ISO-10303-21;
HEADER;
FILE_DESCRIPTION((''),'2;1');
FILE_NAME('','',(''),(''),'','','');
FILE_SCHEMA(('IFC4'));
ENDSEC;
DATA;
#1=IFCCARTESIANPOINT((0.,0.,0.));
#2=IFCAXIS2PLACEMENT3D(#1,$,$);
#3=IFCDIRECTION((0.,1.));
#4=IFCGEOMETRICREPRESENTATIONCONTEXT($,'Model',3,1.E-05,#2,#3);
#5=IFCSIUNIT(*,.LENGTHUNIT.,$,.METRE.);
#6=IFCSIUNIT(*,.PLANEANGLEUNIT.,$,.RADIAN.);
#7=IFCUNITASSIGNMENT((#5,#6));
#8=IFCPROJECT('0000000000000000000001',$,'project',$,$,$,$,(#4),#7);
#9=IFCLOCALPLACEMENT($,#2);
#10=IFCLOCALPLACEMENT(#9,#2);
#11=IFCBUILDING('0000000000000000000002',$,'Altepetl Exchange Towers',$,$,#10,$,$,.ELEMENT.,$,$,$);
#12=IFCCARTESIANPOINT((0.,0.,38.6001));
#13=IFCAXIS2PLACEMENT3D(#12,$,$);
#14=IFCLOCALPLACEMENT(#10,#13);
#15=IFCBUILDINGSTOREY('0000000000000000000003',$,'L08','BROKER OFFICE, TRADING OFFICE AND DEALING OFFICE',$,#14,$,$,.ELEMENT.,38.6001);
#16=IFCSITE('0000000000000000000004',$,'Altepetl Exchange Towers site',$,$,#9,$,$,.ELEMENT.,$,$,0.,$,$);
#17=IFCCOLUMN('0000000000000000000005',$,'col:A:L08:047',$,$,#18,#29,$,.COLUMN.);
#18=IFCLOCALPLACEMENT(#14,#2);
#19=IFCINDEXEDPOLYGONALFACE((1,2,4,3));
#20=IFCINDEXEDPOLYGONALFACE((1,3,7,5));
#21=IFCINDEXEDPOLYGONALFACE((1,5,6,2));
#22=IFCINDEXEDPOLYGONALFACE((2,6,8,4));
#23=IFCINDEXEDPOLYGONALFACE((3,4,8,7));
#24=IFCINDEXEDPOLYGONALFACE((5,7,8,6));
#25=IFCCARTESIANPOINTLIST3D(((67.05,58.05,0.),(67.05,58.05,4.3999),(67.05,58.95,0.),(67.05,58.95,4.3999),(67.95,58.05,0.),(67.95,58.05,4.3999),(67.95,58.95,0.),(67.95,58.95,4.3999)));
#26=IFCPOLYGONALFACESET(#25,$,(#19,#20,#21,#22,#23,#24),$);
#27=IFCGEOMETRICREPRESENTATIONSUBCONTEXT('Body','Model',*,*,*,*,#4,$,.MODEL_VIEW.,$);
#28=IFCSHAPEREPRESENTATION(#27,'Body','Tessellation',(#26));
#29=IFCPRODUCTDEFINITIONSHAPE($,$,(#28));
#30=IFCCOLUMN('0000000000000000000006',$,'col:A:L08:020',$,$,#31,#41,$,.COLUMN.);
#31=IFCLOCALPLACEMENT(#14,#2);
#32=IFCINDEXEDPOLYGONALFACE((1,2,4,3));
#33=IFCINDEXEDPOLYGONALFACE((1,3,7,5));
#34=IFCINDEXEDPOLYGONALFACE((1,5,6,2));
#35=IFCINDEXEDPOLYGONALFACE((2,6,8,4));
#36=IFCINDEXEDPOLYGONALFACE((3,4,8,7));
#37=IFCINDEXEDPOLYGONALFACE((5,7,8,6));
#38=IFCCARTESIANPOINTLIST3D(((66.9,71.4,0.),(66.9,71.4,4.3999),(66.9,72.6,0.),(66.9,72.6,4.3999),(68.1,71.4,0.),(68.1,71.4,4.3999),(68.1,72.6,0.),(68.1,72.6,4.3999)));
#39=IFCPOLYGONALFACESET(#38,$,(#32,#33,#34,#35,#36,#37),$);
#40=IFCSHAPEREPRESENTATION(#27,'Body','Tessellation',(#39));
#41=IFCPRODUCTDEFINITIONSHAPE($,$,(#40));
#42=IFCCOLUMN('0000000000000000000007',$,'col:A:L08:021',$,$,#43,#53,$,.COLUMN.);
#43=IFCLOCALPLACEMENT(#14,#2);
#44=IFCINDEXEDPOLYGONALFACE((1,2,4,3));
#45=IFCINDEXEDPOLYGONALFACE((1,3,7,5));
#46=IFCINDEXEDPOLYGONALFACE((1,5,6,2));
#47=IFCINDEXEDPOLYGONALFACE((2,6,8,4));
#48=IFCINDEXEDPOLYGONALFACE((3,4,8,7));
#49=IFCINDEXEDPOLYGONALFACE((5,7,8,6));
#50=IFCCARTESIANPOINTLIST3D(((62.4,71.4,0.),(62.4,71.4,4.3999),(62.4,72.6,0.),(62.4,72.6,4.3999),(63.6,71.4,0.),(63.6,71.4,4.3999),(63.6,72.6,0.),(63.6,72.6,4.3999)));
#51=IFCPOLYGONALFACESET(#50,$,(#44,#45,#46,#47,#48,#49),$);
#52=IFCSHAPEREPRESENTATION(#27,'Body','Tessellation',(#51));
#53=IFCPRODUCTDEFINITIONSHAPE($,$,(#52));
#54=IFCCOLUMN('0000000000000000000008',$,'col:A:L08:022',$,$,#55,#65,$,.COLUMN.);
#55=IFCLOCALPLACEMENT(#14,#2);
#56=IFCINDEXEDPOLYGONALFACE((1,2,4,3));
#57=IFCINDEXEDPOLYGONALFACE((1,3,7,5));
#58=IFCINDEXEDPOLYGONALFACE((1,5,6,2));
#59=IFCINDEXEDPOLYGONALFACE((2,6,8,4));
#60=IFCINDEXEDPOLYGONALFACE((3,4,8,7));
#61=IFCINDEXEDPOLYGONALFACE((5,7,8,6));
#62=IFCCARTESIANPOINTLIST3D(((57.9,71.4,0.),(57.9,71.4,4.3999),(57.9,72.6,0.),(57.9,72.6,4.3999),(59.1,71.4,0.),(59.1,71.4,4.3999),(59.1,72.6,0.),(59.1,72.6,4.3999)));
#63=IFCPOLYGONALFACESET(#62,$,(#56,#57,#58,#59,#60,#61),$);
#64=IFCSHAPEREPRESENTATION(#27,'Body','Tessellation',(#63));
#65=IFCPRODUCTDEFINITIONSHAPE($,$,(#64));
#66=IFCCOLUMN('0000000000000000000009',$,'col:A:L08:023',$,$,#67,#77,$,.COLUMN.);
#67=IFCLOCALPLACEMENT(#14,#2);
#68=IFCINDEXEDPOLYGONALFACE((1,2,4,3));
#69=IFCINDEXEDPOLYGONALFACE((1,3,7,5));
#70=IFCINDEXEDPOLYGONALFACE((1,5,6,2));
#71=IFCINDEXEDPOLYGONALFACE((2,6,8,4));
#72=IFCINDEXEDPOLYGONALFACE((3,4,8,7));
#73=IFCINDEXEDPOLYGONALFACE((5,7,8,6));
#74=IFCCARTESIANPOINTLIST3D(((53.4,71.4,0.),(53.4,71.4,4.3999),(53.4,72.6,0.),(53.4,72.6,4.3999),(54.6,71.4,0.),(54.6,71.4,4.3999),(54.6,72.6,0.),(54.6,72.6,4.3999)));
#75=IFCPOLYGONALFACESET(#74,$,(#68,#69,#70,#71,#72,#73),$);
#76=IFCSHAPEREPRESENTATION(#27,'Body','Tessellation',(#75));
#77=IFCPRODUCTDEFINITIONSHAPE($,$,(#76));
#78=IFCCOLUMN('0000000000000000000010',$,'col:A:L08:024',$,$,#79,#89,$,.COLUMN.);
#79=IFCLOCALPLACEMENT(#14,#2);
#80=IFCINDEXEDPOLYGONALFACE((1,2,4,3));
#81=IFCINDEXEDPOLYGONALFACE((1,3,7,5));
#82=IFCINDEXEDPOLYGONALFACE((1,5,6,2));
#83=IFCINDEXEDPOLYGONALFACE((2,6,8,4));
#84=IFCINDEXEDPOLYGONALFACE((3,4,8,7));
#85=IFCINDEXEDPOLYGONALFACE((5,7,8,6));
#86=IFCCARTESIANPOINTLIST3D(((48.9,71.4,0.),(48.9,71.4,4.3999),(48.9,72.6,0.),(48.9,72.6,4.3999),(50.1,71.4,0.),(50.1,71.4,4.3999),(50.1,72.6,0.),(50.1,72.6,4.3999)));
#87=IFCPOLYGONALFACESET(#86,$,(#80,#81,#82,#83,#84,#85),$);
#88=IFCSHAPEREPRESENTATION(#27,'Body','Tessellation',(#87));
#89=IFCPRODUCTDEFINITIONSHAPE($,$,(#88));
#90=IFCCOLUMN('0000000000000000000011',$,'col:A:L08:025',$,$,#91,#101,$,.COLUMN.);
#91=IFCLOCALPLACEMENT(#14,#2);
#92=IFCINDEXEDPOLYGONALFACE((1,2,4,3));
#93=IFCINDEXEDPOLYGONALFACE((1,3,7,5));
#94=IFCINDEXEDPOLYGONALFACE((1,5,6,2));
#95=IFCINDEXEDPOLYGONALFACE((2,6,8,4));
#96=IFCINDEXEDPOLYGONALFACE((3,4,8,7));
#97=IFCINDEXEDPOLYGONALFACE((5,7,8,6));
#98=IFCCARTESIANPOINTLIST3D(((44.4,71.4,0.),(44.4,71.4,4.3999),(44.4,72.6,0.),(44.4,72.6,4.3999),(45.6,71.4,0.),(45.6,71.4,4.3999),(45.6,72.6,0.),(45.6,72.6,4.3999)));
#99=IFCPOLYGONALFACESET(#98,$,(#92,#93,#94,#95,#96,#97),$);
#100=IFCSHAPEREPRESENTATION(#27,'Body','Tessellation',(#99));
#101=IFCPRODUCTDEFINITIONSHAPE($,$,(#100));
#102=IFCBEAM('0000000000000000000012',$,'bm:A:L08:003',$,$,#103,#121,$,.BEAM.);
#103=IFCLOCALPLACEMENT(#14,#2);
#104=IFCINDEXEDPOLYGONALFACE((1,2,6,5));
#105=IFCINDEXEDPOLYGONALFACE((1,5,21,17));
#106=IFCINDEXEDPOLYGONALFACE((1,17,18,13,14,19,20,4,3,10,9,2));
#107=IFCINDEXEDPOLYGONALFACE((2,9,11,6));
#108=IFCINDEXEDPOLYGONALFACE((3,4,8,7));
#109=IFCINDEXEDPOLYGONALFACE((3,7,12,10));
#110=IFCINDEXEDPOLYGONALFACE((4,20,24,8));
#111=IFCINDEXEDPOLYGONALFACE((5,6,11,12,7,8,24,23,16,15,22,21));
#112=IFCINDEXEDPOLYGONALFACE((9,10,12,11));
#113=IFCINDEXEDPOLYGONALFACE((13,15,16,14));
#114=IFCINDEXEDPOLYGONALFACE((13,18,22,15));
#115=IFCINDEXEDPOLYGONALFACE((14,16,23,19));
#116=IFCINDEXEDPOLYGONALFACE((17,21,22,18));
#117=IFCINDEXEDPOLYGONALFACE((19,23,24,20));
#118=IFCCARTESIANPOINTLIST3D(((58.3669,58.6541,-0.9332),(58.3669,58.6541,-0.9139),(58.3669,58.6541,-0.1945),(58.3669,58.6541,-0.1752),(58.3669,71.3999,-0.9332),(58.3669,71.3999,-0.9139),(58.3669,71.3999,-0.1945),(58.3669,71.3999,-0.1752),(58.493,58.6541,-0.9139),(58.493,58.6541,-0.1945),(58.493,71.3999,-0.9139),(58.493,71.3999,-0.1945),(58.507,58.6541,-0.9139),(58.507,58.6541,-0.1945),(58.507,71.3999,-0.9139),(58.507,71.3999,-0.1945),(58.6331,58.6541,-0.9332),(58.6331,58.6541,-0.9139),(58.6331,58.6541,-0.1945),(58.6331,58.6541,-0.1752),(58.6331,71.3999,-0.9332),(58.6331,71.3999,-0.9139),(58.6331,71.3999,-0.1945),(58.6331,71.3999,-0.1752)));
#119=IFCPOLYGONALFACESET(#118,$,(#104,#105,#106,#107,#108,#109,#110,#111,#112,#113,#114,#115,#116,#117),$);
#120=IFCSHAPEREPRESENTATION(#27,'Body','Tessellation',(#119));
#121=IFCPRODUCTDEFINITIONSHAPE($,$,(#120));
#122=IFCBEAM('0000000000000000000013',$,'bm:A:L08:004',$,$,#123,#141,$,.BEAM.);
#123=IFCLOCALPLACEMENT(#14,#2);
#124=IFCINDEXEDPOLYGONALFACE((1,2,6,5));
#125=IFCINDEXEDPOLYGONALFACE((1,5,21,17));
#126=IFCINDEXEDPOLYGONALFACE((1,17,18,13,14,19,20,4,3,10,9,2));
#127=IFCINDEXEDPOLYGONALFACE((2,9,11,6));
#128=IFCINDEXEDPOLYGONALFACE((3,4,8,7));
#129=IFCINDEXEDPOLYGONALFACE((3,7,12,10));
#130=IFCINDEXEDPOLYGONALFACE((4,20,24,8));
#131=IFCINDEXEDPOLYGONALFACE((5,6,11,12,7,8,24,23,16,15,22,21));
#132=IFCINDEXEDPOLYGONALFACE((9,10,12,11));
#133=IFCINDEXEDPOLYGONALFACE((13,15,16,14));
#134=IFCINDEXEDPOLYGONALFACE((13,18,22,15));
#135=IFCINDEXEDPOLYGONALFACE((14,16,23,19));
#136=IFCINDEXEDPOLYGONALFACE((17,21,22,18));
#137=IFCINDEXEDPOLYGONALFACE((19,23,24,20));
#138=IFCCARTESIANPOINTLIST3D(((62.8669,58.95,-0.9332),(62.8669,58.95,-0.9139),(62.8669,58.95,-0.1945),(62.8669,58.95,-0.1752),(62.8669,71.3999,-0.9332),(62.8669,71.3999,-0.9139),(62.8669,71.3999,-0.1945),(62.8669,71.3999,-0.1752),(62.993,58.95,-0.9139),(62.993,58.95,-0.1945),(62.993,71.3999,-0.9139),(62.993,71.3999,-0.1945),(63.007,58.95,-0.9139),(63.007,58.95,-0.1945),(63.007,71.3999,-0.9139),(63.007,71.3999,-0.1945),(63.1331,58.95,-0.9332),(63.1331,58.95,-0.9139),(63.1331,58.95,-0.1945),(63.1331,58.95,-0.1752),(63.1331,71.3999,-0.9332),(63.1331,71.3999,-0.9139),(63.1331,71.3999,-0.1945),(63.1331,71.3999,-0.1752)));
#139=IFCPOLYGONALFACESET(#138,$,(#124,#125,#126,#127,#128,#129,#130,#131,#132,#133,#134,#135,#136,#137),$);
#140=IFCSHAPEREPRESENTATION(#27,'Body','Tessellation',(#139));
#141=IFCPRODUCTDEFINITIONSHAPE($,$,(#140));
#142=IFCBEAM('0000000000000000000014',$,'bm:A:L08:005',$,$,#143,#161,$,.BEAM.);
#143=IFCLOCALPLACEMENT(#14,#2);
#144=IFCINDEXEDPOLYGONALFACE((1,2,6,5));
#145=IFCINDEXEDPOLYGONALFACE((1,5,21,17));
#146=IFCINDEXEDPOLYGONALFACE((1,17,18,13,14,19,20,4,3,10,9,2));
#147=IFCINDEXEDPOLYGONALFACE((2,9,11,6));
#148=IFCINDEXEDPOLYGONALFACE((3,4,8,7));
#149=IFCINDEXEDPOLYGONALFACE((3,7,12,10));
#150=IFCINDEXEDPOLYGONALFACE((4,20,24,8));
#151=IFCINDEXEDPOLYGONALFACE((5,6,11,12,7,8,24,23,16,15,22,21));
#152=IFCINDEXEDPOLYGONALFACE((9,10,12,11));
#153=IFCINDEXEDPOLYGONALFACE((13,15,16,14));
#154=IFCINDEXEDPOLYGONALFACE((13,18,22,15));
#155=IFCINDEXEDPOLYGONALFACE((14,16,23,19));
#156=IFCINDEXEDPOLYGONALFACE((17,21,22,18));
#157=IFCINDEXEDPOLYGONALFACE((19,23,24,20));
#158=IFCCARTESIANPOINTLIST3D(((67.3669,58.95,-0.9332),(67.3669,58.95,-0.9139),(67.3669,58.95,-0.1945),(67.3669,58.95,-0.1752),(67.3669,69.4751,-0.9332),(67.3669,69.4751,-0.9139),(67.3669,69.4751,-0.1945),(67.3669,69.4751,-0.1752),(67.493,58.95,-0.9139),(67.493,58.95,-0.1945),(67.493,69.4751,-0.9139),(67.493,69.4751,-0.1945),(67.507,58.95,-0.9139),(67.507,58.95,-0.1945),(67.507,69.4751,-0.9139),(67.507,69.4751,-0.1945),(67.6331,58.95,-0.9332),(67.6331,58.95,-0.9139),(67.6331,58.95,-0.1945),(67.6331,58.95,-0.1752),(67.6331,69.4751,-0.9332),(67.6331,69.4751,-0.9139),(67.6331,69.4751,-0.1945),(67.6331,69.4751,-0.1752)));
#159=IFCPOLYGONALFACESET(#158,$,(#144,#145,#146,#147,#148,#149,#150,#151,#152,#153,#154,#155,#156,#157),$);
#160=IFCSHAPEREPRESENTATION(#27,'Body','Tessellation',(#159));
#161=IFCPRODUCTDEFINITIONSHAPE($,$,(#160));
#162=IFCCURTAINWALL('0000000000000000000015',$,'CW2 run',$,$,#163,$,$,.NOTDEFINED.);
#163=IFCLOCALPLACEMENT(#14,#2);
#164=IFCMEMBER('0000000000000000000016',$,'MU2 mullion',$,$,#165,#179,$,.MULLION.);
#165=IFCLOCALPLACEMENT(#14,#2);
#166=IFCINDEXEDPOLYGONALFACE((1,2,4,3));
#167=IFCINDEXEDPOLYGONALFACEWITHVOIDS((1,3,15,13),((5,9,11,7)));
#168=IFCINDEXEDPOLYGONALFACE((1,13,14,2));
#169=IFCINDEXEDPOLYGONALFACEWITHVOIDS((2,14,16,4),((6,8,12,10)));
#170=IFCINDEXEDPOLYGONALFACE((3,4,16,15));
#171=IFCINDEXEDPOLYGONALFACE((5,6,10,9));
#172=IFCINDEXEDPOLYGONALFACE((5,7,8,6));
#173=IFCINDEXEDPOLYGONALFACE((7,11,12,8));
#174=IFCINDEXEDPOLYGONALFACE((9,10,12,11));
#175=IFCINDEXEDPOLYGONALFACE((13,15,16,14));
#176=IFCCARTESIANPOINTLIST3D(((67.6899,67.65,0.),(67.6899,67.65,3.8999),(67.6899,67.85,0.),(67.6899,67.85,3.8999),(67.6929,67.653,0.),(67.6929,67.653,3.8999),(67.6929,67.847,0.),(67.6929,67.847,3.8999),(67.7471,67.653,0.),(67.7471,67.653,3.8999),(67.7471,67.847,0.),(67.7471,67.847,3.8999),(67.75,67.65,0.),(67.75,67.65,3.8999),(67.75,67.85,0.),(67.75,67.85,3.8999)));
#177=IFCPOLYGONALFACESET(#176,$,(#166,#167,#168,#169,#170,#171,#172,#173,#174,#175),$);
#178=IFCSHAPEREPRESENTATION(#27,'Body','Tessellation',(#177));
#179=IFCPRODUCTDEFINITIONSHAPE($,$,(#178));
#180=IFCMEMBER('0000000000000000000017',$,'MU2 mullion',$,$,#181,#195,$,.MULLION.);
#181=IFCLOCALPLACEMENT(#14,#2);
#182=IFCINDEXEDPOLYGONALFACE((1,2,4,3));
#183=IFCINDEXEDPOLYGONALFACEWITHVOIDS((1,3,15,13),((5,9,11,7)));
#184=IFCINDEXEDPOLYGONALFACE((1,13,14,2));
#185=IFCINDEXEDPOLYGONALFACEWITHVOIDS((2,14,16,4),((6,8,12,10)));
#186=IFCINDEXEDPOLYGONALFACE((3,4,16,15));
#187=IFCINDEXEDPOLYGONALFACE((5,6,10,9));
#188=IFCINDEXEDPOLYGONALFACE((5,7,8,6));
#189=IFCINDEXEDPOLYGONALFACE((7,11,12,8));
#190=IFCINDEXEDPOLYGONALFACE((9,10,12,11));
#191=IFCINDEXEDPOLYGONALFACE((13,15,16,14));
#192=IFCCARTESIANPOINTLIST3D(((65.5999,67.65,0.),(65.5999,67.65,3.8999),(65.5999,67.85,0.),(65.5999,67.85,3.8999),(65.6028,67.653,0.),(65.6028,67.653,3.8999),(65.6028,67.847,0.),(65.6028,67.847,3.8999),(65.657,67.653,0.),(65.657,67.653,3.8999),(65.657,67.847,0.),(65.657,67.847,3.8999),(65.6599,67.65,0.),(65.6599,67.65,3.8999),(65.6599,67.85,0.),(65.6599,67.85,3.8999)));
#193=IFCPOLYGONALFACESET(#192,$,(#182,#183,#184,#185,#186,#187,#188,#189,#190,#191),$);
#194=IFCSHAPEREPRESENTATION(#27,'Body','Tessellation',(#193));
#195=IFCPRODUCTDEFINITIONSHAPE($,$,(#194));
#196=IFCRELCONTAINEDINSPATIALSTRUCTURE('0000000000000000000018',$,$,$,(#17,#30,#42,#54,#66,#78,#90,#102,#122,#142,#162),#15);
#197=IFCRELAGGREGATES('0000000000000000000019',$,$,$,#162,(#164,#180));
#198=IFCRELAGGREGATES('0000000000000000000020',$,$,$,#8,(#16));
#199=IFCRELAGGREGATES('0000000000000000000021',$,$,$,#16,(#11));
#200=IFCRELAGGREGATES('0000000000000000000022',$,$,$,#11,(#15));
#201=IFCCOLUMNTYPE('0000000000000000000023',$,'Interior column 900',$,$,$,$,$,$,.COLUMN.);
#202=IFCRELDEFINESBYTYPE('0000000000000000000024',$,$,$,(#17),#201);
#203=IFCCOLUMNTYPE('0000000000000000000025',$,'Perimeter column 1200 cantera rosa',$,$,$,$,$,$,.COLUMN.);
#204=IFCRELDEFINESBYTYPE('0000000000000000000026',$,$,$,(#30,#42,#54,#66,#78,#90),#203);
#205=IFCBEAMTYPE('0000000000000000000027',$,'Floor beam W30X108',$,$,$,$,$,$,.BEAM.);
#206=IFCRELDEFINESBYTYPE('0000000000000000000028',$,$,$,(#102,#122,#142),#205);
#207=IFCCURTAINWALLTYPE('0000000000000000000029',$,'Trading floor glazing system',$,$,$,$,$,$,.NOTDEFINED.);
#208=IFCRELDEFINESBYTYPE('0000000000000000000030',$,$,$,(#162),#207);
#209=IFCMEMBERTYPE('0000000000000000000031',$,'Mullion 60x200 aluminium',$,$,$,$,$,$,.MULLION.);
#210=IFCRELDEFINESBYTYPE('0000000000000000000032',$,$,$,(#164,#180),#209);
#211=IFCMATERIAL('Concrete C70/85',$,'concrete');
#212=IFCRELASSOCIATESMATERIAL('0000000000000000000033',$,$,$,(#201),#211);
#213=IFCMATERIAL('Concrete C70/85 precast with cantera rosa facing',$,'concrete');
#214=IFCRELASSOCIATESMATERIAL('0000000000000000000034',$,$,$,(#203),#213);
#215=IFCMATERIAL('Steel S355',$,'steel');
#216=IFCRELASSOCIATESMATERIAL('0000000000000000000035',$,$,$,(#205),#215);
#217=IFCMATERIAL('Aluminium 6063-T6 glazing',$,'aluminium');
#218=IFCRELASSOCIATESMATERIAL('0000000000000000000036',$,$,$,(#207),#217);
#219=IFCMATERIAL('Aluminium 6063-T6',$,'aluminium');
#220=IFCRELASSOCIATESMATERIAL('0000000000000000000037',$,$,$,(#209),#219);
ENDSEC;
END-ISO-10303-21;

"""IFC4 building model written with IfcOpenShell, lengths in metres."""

from ifc_helpers import new_model, si_unit, direction, frame, origin, origin_2d, place, context, subcontext, project, spatial, rectangle, hollow_rectangle, i_section, extrude, material, material_profile, profile_set, type_object, element, aggregate, save


model = new_model("IFC4")

# Units and contexts
model_context = context("Model", 3, precision=1e-05, world=origin(), true_north=direction((0.0, 1.0)))
body_context = subcontext(model_context, "Body", "Model", "MODEL_VIEW")
ifc_project = project(units=[si_unit("LENGTHUNIT", "METRE"), si_unit("PLANEANGLEUNIT", "RADIAN")], contexts=[model_context])

# Site, building, storey
site_placement = place(None, origin())
site = spatial("IfcSite", under=ifc_project, at=site_placement, Name="Altepetl Exchange Towers site", CompositionType="ELEMENT", RefElevation=0.0)
building_placement = place(site_placement, origin())
building = spatial("IfcBuilding", under=site, at=building_placement, Name="Altepetl Exchange Towers", CompositionType="ELEMENT")
storey_placement = place(building_placement, frame((0.0, 0.0, 38.6001)))
storey = spatial("IfcBuildingStorey", under=building, at=storey_placement, Name="L08", Description="BROKER OFFICE, TRADING OFFICE AND DEALING OFFICE", CompositionType="ELEMENT", Elevation=38.6001)

# Columns
ifc_material_1 = material(Name="Concrete C70/85", Category="concrete")
ifc_material_profile_1 = material_profile(ifc_material_1, rectangle(XDim=0.8999, YDim=0.8999, at=origin_2d()), Name="900 x 900")
ifc_profile_set_1 = profile_set([ifc_material_profile_1], Name="Concrete C70/85")
column_type_1 = type_object("IfcColumnType", Name="Interior column 900", PredefinedType="COLUMN", material=ifc_profile_set_1)
column_placement = place(storey_placement, frame((67.5, 58.5, 0.0)))
element("IfcColumn", 1, at=column_placement, inside=storey, type_object=column_type_1, Name="col:A:L08:047", PredefinedType="COLUMN", context=body_context, shape_type="SweptSolid", body=[
    extrude(rectangle(XDim=0.8999, YDim=0.8999, at=origin_2d()), origin(), (0.0, 0.0, 1.0), 4.3999),
])
ifc_material_2 = material(Name="Concrete C70/85 precast with cantera rosa facing", Category="concrete")
ifc_material_profile_2 = material_profile(ifc_material_2, rectangle(XDim=1.2, YDim=1.2, at=origin_2d()), Name="1200 x 1200")
ifc_profile_set_2 = profile_set([ifc_material_profile_2], Name="Concrete C70/85 precast with cantera rosa facing")
column_type_2 = type_object("IfcColumnType", Name="Perimeter column 1200 cantera rosa", PredefinedType="COLUMN", material=ifc_profile_set_2)
for number, where, name in (
    (2, (67.5, 72.0, 0.0), "col:A:L08:020"),
    (3, (63.0, 72.0, 0.0), "col:A:L08:021"),
    (4, (58.5, 72.0, 0.0), "col:A:L08:022"),
    (5, (54.0, 72.0, 0.0), "col:A:L08:023"),
    (6, (49.5, 72.0, 0.0), "col:A:L08:024"),
    (7, (45.0, 72.0, 0.0), "col:A:L08:025"),
):
    element("IfcColumn", number, at=place(storey_placement, frame(where)), inside=storey, type_object=column_type_2, Name=name, PredefinedType="COLUMN", context=body_context, shape_type="SweptSolid", body=[
        extrude(rectangle(XDim=1.2, YDim=1.2, at=origin_2d()), origin(), (0.0, 0.0, 1.0), 4.3999),
    ])

# Beams
ifc_material_3 = material(Name="Steel S355", Category="steel")
ifc_material_profile_3 = material_profile(ifc_material_3, i_section(OverallWidth=0.2661, OverallDepth=0.7581, WebThickness=0.0139, FlangeThickness=0.0193, at=origin_2d()), Name="W30X108")
ifc_profile_set_3 = profile_set([ifc_material_profile_3], Name="Steel S355")
beam_type_1 = type_object("IfcBeamType", Name="Floor beam W30X108", PredefinedType="BEAM", material=ifc_profile_set_3)
beam_1_placement = place(storey_placement, frame((58.5, 58.6541, -0.5542), z_axis=(0.0, 1.0, 0.0), x_axis=(-1.0, 0.0, 0.0)))
element("IfcBeam", 8, at=beam_1_placement, inside=storey, type_object=beam_type_1, Name="bm:A:L08:003", PredefinedType="BEAM", context=body_context, shape_type="SweptSolid", body=[
    extrude(i_section(OverallWidth=0.2661, OverallDepth=0.7581, WebThickness=0.0139, FlangeThickness=0.0193, at=origin_2d()), origin(), (0.0, 0.0, 1.0), 12.7458),
])
beam_2_placement = place(storey_placement, frame((63.0, 58.95, -0.5542), z_axis=(0.0, 1.0, 0.0), x_axis=(-1.0, 0.0, 0.0)))
element("IfcBeam", 9, at=beam_2_placement, inside=storey, type_object=beam_type_1, Name="bm:A:L08:004", PredefinedType="BEAM", context=body_context, shape_type="SweptSolid", body=[
    extrude(i_section(OverallWidth=0.2661, OverallDepth=0.7581, WebThickness=0.0139, FlangeThickness=0.0193, at=origin_2d()), origin(), (0.0, 0.0, 1.0), 12.45),
])
beam_3_placement = place(storey_placement, frame((67.5, 58.95, -0.5542), z_axis=(0.0, 1.0, 0.0), x_axis=(-1.0, 0.0, 0.0)))
element("IfcBeam", 10, at=beam_3_placement, inside=storey, type_object=beam_type_1, Name="bm:A:L08:005", PredefinedType="BEAM", context=body_context, shape_type="SweptSolid", body=[
    extrude(i_section(OverallWidth=0.2661, OverallDepth=0.7581, WebThickness=0.0139, FlangeThickness=0.0193, at=origin_2d()), origin(), (0.0, 0.0, 1.0), 10.5251),
])

# Curtain wall, members
ifc_material_4 = material(Name="Aluminium 6063-T6 glazing", Category="aluminium")
curtain_wall_type = type_object("IfcCurtainWallType", Name="Trading floor glazing system", PredefinedType="NOTDEFINED", material=ifc_material_4)
curtain_wall_1_placement = place(storey_placement, origin())
curtain_wall_1 = element("IfcCurtainWall", 11, at=curtain_wall_1_placement, inside=storey, type_object=curtain_wall_type, Name="CW2 run", PredefinedType="NOTDEFINED")
ifc_material_5 = material(Name="Aluminium 6063-T6", Category="aluminium")
ifc_material_profile_4 = material_profile(ifc_material_5, hollow_rectangle(XDim=0.0601, YDim=0.2, WallThickness=0.0029, at=origin_2d()), Name="Mullion 60x200 aluminium")
ifc_profile_set_4 = profile_set([ifc_material_profile_4], Name="Aluminium 6063-T6")
member_type = type_object("IfcMemberType", Name="Mullion 60x200 aluminium", PredefinedType="MULLION", material=ifc_profile_set_4)
member_1_placement = place(storey_placement, frame((67.72, 67.75, 0.0), z_axis=(0.0, 0.0, 1.0), x_axis=(-1.0, 0.0, 0.0)))
member_1 = element("IfcMember", 12, at=member_1_placement, type_object=member_type, Name="MU2 mullion", PredefinedType="MULLION", context=body_context, shape_type="SweptSolid", body=[
    extrude(hollow_rectangle(XDim=0.0601, YDim=0.2, WallThickness=0.0029, at=origin_2d()), origin(), (0.0, 0.0, 1.0), 3.8999),
])
member_2_placement = place(storey_placement, frame((65.6299, 67.75, 0.0), z_axis=(0.0, 0.0, 1.0), x_axis=(-1.0, 0.0, 0.0)))
member_2 = element("IfcMember", 13, at=member_2_placement, type_object=member_type, Name="MU2 mullion", PredefinedType="MULLION", context=body_context, shape_type="SweptSolid", body=[
    extrude(hollow_rectangle(XDim=0.0601, YDim=0.2, WallThickness=0.0029, at=origin_2d()), origin(), (0.0, 0.0, 1.0), 3.8999),
])

aggregate(curtain_wall_1, [member_1, member_2])

save(model, "model.ifc")
